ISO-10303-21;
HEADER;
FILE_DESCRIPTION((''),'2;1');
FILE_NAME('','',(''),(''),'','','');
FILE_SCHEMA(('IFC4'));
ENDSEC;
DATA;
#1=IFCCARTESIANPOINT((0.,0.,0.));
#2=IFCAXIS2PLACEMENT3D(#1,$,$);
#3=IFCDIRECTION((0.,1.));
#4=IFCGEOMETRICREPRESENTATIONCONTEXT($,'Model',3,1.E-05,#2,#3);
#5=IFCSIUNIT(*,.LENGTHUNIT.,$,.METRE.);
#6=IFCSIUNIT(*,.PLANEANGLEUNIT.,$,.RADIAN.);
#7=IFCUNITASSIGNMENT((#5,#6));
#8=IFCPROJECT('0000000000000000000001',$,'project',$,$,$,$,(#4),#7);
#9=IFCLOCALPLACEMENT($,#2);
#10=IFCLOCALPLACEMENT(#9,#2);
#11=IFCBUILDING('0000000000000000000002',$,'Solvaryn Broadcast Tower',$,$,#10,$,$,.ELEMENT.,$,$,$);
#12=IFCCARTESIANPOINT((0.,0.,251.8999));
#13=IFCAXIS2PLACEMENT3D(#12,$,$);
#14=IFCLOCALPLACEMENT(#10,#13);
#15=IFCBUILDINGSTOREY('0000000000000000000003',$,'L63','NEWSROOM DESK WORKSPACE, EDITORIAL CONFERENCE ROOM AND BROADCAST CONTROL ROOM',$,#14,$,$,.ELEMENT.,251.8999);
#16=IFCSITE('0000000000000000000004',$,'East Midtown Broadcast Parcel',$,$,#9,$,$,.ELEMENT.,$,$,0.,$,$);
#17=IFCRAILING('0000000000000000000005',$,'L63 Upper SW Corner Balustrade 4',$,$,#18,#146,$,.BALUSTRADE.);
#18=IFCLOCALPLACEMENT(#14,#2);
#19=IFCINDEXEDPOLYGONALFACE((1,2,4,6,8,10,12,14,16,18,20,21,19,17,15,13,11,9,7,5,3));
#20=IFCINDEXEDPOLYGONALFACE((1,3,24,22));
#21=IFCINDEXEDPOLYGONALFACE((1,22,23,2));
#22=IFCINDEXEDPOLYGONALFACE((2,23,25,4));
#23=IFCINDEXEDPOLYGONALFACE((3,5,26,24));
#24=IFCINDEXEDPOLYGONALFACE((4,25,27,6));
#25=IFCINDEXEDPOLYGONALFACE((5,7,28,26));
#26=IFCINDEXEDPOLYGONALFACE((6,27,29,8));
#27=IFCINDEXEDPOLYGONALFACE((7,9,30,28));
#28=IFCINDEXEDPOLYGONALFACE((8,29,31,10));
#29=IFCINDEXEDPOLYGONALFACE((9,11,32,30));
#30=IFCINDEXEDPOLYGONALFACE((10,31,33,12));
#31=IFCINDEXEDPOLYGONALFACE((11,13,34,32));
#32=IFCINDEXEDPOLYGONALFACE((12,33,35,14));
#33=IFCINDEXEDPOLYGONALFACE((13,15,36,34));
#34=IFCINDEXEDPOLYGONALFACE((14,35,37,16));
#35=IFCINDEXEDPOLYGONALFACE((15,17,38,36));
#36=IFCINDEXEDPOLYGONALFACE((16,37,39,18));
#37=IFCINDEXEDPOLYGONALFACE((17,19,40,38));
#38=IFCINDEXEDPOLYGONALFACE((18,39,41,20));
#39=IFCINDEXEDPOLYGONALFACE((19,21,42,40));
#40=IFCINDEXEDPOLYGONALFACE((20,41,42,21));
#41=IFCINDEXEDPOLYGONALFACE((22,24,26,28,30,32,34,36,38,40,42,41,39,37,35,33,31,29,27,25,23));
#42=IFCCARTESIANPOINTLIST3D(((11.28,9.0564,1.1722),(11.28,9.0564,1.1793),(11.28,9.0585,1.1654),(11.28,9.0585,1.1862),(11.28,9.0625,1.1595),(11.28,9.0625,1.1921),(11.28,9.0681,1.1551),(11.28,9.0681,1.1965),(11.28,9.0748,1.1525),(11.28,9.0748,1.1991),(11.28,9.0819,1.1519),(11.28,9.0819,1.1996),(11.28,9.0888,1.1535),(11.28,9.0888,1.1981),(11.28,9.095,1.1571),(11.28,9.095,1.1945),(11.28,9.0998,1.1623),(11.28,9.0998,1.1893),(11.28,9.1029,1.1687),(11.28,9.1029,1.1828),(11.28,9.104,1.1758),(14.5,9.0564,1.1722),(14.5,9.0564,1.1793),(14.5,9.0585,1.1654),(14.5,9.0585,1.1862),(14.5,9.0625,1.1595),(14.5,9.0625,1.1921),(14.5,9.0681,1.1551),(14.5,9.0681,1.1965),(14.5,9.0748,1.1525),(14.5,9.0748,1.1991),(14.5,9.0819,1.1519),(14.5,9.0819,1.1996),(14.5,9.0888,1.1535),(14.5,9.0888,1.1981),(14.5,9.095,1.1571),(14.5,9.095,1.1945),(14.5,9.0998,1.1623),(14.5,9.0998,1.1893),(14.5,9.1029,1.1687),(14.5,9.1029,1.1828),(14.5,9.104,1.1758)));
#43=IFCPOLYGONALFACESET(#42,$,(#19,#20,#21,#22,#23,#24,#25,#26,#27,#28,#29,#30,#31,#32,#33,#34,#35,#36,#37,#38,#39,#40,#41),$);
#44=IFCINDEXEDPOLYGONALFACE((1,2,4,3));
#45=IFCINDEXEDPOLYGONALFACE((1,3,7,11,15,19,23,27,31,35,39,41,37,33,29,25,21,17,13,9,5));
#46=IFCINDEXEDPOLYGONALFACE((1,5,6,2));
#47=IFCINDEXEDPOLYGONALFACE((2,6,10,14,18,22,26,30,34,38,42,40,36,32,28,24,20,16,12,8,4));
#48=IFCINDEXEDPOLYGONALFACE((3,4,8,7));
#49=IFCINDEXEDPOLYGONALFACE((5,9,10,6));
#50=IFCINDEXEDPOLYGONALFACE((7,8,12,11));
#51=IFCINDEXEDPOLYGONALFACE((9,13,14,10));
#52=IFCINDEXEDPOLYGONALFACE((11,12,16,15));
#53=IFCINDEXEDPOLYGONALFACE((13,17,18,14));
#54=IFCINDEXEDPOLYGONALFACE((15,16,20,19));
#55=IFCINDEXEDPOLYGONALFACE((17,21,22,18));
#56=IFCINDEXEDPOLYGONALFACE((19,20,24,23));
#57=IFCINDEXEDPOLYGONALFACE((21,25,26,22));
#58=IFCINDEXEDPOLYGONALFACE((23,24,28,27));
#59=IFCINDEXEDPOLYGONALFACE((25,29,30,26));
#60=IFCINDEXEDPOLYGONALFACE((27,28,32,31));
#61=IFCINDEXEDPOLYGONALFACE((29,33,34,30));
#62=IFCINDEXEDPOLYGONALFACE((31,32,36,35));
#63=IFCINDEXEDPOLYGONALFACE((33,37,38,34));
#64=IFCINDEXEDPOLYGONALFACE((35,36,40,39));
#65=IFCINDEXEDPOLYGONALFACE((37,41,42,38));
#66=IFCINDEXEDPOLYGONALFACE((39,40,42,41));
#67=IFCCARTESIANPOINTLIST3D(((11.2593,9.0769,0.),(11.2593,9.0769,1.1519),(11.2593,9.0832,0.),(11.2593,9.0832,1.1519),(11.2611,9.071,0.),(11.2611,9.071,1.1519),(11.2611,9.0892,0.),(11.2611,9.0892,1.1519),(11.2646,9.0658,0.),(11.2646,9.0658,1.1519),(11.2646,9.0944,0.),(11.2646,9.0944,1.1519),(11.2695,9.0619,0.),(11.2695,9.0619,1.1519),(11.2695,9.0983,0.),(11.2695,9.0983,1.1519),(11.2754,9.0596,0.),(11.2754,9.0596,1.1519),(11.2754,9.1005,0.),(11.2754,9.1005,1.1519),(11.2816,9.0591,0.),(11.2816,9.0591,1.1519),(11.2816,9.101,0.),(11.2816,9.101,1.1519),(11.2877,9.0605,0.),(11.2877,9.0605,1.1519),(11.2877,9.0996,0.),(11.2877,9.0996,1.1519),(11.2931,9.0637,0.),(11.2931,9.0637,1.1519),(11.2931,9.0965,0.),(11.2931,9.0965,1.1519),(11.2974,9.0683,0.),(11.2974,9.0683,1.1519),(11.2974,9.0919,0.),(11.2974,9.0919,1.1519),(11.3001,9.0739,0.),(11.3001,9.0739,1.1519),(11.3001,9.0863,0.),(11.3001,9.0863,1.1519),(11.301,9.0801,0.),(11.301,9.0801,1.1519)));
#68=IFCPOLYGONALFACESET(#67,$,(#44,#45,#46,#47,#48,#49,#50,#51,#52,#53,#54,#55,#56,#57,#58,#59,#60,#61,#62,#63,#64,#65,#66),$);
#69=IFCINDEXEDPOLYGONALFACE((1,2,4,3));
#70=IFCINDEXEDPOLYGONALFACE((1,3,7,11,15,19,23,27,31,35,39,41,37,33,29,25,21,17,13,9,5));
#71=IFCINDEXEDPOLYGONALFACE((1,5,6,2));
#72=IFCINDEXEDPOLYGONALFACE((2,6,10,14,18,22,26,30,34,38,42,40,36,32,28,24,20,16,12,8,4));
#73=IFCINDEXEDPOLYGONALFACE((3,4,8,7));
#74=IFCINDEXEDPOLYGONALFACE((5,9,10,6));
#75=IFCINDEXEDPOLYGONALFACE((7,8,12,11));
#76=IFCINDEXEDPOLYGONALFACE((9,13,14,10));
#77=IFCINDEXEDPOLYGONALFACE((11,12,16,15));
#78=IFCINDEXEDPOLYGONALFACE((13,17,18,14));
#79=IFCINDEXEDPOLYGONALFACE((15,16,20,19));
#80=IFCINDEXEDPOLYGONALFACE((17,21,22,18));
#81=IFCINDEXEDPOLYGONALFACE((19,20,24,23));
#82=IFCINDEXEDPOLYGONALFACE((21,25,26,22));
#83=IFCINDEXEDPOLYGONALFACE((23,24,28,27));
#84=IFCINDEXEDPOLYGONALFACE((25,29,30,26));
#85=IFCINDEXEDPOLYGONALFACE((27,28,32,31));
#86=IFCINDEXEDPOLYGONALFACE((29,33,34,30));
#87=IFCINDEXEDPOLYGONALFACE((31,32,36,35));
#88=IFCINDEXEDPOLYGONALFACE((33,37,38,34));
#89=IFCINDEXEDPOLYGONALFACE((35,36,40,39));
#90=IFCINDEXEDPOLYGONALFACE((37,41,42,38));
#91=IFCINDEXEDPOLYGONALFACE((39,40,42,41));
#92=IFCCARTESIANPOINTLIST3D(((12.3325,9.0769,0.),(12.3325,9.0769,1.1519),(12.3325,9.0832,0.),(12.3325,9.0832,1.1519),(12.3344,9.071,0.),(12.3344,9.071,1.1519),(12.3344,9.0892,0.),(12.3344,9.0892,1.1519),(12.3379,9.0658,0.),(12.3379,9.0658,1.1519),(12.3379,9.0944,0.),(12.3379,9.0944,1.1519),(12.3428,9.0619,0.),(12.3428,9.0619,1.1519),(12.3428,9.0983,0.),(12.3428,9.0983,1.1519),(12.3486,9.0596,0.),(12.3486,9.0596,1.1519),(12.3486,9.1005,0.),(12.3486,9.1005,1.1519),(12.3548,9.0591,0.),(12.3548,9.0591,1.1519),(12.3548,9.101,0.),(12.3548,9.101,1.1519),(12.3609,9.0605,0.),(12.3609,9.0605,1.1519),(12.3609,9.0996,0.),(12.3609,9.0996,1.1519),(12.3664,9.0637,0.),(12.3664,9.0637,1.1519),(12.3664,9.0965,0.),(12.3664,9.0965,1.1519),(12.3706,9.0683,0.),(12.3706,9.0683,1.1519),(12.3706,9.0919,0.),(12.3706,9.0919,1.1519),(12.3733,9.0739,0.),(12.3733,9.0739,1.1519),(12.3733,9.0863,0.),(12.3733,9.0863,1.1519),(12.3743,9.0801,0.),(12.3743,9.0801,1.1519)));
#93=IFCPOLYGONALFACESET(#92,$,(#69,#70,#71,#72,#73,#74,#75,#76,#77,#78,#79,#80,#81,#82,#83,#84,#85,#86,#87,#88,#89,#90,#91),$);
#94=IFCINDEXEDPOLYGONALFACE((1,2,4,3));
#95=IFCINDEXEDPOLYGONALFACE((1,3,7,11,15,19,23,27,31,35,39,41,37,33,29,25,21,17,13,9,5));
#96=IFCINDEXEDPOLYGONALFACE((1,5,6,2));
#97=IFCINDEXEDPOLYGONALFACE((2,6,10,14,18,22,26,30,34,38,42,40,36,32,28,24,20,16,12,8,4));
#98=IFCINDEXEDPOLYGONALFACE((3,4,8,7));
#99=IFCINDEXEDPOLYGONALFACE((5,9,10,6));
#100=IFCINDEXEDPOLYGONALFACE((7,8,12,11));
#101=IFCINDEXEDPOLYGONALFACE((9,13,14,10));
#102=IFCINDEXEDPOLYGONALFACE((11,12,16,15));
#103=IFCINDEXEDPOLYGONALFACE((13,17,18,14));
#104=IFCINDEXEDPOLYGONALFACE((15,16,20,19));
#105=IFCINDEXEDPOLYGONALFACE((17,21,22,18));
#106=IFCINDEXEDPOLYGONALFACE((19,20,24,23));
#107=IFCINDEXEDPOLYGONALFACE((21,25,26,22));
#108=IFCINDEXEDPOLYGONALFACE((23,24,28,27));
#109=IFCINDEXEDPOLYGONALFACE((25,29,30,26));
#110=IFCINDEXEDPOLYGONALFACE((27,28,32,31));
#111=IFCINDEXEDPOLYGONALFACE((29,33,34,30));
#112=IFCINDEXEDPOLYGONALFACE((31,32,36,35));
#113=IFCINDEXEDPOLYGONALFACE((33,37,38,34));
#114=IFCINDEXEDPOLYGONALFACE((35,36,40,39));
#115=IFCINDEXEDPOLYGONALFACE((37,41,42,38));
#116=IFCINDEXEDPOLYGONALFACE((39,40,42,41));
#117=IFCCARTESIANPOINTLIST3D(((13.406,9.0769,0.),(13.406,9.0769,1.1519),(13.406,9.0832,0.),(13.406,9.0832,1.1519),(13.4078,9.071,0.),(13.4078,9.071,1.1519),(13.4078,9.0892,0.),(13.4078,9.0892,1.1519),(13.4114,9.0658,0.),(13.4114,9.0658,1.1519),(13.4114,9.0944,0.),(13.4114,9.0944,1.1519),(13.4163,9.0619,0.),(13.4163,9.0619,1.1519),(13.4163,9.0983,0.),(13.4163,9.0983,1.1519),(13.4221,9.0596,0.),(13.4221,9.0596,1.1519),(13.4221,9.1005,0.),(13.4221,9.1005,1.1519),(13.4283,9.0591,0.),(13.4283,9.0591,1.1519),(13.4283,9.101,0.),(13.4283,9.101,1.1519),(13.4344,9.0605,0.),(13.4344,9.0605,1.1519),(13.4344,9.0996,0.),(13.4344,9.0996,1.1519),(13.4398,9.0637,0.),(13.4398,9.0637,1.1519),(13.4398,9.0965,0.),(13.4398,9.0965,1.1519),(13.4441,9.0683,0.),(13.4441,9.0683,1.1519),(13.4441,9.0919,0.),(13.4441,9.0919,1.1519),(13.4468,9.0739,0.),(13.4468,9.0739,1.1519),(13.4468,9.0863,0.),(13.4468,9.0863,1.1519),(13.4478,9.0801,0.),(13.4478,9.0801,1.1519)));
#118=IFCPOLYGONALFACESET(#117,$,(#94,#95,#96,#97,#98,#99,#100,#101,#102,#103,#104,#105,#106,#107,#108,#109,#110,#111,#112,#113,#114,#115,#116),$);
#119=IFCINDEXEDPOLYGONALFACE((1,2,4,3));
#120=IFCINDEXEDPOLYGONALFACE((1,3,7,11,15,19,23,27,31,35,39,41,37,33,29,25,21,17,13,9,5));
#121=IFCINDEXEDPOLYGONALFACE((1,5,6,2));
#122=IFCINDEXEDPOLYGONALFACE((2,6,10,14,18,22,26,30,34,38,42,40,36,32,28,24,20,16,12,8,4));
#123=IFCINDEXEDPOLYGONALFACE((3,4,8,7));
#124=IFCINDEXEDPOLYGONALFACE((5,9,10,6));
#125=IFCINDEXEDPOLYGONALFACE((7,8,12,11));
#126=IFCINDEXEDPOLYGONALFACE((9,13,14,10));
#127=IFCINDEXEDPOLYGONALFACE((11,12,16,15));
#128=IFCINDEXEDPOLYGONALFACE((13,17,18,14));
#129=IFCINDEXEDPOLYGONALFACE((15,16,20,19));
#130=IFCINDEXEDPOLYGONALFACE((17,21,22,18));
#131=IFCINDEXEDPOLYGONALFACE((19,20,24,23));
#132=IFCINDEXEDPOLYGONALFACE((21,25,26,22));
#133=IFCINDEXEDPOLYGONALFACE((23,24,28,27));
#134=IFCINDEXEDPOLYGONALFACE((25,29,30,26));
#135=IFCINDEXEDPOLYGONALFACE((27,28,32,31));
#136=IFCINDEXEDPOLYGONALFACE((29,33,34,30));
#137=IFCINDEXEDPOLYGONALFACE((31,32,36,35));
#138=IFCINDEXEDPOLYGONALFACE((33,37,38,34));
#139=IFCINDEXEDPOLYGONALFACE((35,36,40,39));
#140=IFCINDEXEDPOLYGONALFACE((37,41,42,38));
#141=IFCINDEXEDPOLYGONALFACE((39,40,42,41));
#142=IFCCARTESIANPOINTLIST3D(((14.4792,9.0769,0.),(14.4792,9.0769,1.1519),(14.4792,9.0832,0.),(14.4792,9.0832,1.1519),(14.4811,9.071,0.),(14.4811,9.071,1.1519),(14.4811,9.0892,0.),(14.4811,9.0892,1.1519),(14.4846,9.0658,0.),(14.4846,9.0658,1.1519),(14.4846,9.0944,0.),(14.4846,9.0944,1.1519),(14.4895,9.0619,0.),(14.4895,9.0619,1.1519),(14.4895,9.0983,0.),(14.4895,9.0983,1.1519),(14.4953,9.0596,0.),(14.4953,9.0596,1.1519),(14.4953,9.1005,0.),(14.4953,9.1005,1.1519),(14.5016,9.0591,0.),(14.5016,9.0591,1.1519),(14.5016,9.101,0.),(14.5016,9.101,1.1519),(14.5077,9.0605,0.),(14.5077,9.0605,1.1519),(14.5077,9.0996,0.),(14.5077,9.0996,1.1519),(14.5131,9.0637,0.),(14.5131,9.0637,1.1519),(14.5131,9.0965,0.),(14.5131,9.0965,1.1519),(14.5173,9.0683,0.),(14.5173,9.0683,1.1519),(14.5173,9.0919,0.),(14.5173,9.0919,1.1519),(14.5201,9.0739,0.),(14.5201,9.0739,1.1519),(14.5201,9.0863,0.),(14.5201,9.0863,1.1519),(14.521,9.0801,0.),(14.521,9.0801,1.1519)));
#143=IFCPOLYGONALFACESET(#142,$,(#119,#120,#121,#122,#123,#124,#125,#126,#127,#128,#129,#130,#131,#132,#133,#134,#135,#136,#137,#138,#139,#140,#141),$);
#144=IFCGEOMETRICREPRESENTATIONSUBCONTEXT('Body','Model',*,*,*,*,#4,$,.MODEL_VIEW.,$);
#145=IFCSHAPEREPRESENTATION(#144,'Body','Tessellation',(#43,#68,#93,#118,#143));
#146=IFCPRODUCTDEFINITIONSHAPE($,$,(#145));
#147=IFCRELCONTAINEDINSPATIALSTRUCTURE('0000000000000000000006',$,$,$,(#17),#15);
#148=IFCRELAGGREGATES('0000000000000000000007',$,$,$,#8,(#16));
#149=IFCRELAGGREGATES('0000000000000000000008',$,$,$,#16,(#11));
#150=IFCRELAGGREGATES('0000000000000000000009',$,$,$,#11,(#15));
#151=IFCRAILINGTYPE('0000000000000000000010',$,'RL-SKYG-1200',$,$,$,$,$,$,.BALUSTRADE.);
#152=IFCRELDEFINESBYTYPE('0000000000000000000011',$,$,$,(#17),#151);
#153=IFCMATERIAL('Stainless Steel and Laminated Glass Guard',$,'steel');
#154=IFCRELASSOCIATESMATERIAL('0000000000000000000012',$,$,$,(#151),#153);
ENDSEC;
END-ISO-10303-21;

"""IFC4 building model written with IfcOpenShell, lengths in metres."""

from ifc_helpers import new_model, si_unit, direction, frame, origin, origin_2d, place, context, subcontext, project, spatial, circle, extrude, material, type_object, element, save


model = new_model("IFC4")

# Units and contexts
model_context = context("Model", 3, precision=1e-05, world=origin(), true_north=direction((0.0, 1.0)))
body_context = subcontext(model_context, "Body", "Model", "MODEL_VIEW")
ifc_project = project(units=[si_unit("LENGTHUNIT", "METRE"), si_unit("PLANEANGLEUNIT", "RADIAN")], contexts=[model_context])

# Site, building, storey
site_placement = place(None, origin())
site = spatial("IfcSite", under=ifc_project, at=site_placement, Name="East Midtown Broadcast Parcel", CompositionType="ELEMENT", RefElevation=0.0)
building_placement = place(site_placement, origin())
building = spatial("IfcBuilding", under=site, at=building_placement, Name="Solvaryn Broadcast Tower", CompositionType="ELEMENT")
storey_placement = place(building_placement, frame((0.0, 0.0, 251.8999)))
storey = spatial("IfcBuildingStorey", under=building, at=storey_placement, Name="L63", Description="NEWSROOM DESK WORKSPACE, EDITORIAL CONFERENCE ROOM AND BROADCAST CONTROL ROOM", CompositionType="ELEMENT", Elevation=251.8999)

# Railing
ifc_material_1 = material(Name="Stainless Steel and Laminated Glass Guard", Category="steel")
railing_type = type_object("IfcRailingType", Name="RL-SKYG-1200", PredefinedType="BALUSTRADE", material=ifc_material_1)
railing_1_placement = place(storey_placement, frame((11.28, 9.0801, 0.0)))
element("IfcRailing", 1, at=railing_1_placement, inside=storey, type_object=railing_type, Name="L63 Upper SW Corner Balustrade 4", PredefinedType="BALUSTRADE", context=body_context, shape_type="SweptSolid", body=[
    extrude(circle(Radius=0.0239, at=origin_2d()), frame((0.0, 0.0, 1.1758), z_axis=(1.0, 0.0, 0.0), x_axis=(0.0, 1.0, 0.0)), (0.0, 0.0, 1.0), 3.22),
    extrude(circle(Radius=0.021, at=origin_2d()), origin(), (0.0, 0.0, 1.0), 1.1519),
    extrude(circle(Radius=0.021, at=origin_2d()), frame((1.0732, 0.0, 0.0)), (0.0, 0.0, 1.0), 1.1519),
    extrude(circle(Radius=0.021, at=origin_2d()), frame((2.1467, 0.0, 0.0)), (0.0, 0.0, 1.0), 1.1519),
    extrude(circle(Radius=0.021, at=origin_2d()), frame((3.22, 0.0, 0.0)), (0.0, 0.0, 1.0), 1.1519),
])

save(model, "model.ifc")
